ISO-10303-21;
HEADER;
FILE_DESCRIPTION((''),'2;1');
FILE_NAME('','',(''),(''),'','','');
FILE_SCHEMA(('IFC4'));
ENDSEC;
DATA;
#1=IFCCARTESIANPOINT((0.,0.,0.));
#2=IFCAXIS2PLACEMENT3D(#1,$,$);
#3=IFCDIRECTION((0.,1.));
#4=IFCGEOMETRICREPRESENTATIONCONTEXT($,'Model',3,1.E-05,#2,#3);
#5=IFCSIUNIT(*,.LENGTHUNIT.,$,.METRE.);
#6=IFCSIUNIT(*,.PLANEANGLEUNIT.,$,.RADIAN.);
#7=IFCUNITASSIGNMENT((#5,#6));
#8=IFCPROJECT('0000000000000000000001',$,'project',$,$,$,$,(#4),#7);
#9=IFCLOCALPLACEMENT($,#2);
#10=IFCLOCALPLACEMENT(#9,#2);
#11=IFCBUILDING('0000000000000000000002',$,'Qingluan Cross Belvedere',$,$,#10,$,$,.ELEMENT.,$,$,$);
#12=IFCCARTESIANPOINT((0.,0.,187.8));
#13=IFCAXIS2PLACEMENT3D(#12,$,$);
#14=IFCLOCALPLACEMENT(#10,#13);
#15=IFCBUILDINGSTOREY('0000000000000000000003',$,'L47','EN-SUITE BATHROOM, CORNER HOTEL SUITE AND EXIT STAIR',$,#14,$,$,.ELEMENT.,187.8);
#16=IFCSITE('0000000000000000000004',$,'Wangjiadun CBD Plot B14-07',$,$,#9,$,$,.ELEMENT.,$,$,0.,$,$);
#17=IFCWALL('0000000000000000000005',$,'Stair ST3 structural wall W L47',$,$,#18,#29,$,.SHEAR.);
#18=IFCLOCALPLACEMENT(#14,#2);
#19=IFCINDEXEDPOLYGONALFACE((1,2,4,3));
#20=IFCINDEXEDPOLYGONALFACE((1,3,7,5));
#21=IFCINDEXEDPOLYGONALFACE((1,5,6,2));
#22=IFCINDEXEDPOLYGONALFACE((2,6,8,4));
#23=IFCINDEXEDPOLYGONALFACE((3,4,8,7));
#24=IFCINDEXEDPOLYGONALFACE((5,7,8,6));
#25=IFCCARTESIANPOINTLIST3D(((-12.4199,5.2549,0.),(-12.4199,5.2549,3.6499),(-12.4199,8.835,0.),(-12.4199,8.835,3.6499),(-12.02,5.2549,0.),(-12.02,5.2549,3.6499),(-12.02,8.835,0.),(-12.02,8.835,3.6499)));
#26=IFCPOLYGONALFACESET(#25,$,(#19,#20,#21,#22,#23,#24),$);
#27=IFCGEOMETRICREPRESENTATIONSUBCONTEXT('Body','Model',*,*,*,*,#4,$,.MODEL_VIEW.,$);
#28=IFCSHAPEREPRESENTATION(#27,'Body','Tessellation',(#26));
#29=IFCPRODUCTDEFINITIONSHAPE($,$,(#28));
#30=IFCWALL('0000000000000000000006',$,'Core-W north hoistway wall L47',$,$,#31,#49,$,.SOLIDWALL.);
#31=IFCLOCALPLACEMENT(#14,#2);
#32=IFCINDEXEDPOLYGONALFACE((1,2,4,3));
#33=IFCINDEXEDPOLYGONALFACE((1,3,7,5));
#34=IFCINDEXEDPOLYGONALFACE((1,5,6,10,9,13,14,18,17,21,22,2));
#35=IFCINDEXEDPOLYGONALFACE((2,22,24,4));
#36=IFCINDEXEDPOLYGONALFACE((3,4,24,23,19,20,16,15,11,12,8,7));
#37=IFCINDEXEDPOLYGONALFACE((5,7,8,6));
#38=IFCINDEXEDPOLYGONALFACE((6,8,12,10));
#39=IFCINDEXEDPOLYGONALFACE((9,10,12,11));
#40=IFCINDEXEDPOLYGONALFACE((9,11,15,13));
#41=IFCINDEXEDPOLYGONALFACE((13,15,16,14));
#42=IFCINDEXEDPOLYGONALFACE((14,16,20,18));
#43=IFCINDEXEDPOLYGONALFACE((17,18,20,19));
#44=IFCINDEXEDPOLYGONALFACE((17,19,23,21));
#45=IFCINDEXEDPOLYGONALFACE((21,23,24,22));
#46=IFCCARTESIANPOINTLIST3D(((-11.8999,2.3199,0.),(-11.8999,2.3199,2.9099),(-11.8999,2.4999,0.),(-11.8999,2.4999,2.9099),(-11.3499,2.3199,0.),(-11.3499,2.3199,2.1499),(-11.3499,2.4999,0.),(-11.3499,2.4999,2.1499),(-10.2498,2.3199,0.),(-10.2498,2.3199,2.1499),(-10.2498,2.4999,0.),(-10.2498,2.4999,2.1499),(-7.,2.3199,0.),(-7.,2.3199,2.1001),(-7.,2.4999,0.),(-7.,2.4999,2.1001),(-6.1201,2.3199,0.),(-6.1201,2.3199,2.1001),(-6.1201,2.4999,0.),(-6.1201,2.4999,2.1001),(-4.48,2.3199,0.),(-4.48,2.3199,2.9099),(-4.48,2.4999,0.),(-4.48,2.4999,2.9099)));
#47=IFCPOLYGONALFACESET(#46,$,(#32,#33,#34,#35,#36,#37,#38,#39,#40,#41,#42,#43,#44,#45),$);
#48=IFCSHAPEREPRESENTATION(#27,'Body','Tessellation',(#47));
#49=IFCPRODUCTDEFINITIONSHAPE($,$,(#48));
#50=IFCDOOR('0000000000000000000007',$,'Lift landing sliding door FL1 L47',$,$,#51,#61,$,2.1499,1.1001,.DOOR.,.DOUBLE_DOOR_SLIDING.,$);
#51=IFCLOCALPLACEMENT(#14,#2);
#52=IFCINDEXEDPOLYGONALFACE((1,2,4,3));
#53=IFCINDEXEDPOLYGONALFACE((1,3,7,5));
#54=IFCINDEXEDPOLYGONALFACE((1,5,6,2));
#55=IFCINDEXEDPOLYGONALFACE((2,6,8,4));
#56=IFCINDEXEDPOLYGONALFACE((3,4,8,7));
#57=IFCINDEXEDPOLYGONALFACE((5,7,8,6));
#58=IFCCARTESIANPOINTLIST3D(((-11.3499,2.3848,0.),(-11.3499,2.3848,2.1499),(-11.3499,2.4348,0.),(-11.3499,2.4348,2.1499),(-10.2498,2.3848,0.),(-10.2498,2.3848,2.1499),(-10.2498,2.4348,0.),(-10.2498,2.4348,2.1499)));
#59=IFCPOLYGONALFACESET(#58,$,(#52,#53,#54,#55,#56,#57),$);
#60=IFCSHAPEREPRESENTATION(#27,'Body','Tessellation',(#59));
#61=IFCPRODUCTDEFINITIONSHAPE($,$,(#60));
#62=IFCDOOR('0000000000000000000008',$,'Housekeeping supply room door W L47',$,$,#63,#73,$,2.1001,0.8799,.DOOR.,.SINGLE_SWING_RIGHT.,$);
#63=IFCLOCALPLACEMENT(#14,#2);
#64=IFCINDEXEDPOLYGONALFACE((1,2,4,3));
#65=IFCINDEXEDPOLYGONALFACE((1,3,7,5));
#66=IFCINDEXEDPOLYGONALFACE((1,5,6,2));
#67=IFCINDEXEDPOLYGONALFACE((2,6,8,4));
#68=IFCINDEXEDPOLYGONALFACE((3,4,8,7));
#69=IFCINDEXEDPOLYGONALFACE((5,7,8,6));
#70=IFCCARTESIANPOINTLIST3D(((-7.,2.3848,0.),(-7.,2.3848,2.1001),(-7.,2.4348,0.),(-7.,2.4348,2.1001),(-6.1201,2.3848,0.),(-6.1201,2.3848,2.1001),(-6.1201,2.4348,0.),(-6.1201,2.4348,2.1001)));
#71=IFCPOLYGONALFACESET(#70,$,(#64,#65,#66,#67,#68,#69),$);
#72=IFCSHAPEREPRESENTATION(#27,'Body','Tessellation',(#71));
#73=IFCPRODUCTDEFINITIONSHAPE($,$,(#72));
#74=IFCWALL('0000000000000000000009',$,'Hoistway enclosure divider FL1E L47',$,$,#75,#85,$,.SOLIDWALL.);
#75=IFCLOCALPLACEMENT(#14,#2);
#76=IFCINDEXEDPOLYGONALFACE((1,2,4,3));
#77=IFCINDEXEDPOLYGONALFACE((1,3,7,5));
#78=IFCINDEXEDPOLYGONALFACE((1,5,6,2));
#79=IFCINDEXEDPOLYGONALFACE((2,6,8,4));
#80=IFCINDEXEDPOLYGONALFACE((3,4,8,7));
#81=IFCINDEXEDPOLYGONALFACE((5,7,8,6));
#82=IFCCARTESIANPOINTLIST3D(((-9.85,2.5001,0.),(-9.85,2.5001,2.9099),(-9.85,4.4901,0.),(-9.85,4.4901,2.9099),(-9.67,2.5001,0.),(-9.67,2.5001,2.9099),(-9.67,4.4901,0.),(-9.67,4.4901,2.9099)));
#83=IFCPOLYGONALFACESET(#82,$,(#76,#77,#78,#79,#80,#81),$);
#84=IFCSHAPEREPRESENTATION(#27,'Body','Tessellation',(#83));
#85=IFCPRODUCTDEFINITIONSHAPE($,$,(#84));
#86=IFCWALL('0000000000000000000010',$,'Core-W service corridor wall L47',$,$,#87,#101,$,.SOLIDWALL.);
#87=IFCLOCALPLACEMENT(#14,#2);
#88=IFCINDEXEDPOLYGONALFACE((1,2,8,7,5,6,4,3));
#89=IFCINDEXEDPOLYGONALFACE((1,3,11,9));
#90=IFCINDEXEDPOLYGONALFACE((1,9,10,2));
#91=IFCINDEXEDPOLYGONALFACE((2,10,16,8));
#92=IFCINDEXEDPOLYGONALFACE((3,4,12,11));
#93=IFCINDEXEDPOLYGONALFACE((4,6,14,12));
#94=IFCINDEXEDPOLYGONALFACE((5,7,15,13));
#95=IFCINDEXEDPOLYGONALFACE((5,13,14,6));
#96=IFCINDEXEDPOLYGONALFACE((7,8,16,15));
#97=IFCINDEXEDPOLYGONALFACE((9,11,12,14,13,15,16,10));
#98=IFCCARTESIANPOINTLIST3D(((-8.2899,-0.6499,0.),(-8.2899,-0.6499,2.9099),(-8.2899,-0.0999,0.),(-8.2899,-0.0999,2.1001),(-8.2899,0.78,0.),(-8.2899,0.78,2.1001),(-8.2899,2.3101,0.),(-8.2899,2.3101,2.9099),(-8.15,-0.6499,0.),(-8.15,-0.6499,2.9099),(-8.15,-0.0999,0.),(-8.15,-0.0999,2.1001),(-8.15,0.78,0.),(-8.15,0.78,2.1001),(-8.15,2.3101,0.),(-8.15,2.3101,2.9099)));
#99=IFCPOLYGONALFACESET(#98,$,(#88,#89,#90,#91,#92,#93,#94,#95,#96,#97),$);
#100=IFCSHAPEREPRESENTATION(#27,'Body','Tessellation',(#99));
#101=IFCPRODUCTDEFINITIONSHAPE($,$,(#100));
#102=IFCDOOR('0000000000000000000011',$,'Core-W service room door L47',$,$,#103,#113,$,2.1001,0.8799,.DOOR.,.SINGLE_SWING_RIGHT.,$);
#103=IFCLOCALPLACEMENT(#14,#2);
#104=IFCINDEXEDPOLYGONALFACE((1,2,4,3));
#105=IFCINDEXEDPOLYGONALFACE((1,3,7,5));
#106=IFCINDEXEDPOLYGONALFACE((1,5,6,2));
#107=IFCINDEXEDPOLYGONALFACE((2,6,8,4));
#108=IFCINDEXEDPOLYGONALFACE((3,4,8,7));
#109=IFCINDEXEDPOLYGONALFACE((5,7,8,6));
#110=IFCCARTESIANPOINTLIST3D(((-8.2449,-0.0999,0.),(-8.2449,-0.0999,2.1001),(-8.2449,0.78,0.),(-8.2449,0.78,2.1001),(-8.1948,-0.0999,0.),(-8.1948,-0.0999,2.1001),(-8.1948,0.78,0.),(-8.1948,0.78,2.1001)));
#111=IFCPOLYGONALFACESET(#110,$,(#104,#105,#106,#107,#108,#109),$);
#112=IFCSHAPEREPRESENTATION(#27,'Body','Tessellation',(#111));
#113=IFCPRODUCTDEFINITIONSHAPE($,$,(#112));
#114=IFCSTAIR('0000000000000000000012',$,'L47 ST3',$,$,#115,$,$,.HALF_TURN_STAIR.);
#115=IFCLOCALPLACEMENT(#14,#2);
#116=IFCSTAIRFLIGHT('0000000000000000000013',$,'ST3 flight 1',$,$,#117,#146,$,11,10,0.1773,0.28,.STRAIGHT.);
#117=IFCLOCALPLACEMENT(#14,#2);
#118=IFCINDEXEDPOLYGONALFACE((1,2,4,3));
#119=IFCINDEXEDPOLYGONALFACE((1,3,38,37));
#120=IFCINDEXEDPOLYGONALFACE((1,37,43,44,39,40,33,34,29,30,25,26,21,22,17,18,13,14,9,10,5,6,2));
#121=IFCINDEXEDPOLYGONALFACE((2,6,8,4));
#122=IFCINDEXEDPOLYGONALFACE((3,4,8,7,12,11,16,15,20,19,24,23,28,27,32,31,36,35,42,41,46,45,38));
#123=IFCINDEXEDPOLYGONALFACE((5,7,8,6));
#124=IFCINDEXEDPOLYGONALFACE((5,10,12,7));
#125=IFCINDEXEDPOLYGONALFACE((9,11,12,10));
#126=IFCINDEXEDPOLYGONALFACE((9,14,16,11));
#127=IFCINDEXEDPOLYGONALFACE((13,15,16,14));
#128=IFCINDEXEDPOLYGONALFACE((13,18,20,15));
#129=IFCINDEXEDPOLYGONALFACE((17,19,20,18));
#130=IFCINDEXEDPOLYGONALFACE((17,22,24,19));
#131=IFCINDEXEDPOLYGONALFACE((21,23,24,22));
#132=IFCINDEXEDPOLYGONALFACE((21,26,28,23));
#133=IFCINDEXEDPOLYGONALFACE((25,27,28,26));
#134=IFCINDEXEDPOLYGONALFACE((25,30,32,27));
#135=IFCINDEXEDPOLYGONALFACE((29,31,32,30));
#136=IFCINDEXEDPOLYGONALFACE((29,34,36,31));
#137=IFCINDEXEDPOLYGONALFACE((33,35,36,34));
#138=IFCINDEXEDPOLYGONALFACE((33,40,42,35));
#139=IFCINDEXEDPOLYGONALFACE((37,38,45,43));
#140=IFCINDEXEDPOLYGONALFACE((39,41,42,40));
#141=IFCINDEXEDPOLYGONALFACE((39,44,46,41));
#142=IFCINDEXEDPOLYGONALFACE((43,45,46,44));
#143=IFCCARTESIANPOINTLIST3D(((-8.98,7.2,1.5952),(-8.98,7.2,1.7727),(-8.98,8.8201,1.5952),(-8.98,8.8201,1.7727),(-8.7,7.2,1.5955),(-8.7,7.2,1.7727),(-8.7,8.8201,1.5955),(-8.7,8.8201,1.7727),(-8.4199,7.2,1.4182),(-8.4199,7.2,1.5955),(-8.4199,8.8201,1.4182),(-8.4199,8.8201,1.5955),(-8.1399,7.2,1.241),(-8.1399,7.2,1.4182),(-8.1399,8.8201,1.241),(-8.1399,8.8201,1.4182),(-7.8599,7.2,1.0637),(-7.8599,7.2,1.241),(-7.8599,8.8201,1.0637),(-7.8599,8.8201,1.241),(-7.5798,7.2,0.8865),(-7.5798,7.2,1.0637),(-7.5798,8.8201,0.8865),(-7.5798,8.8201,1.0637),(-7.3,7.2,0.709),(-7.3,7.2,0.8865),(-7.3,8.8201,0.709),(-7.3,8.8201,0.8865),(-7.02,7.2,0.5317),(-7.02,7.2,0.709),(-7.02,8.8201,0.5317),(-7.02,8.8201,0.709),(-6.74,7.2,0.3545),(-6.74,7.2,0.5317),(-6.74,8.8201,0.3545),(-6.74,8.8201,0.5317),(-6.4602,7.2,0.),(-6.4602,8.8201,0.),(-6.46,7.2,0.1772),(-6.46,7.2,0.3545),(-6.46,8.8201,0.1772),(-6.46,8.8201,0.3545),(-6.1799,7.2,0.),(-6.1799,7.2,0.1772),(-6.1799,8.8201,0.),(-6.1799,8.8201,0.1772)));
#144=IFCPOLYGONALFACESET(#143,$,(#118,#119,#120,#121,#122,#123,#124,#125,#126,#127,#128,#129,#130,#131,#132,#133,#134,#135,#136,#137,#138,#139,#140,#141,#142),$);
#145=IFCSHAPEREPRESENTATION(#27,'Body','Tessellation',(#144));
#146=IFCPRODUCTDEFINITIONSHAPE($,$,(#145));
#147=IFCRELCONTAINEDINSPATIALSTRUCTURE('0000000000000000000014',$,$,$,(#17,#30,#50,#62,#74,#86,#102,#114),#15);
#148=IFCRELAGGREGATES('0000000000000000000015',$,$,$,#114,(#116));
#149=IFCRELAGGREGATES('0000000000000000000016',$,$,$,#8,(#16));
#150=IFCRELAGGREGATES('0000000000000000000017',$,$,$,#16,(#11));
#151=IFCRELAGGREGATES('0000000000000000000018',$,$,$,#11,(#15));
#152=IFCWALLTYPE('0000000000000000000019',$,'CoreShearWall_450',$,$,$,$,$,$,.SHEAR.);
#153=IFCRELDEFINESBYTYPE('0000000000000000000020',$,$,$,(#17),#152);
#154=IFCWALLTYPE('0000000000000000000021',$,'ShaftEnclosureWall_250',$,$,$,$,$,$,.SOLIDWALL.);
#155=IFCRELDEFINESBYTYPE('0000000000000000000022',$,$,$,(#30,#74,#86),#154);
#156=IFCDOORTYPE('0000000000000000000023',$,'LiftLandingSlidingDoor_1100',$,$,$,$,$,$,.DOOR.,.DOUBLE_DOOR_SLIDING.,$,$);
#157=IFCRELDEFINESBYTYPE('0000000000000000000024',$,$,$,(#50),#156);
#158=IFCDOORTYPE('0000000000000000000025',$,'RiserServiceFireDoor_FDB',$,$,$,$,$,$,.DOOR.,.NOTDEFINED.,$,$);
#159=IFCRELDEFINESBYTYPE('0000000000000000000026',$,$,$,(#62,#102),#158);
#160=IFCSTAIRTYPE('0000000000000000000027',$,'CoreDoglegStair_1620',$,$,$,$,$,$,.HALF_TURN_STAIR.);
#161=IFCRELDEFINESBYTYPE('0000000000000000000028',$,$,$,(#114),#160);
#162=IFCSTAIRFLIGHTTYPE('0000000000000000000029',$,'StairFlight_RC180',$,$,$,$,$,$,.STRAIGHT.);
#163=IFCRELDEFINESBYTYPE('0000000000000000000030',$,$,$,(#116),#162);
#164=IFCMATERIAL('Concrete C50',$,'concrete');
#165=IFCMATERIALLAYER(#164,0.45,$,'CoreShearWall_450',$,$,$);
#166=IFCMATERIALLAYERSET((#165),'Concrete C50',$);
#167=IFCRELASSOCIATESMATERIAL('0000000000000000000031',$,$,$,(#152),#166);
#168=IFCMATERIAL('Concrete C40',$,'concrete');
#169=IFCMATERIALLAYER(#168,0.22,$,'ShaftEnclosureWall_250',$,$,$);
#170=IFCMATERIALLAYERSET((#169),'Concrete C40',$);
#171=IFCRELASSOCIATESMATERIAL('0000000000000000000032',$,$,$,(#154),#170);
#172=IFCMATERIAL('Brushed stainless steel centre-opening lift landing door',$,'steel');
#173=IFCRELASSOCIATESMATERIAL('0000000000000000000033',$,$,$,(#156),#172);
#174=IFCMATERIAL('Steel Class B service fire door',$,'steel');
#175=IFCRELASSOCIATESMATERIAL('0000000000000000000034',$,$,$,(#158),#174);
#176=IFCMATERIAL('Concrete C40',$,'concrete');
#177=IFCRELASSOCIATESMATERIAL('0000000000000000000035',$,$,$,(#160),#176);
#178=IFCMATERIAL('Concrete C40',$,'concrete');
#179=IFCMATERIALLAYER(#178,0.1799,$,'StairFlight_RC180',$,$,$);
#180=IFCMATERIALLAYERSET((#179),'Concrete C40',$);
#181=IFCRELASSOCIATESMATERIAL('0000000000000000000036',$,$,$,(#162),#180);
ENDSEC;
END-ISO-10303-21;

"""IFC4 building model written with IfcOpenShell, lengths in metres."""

from ifc_helpers import new_model, si_unit, direction, frame, frame_2d, origin, place, context, subcontext, project, spatial, polyline, rectangle, outline, extrude, material, layer, layer_set, type_object, element, fill, aggregate, save


model = new_model("IFC4")

# Units and contexts
model_context = context("Model", 3, precision=1e-05, world=origin(), true_north=direction((0.0, 1.0)))
body_context = subcontext(model_context, "Body", "Model", "MODEL_VIEW")
ifc_project = project(units=[si_unit("LENGTHUNIT", "METRE"), si_unit("PLANEANGLEUNIT", "RADIAN")], contexts=[model_context])

# Site, building, storey
site_placement = place(None, origin())
site = spatial("IfcSite", under=ifc_project, at=site_placement, Name="Wangjiadun CBD Plot B14-07", CompositionType="ELEMENT", RefElevation=0.0)
building_placement = place(site_placement, origin())
building = spatial("IfcBuilding", under=site, at=building_placement, Name="Qingluan Cross Belvedere", CompositionType="ELEMENT")
storey_placement = place(building_placement, frame((0.0, 0.0, 187.8)))
storey = spatial("IfcBuildingStorey", under=building, at=storey_placement, Name="L47", Description="EN-SUITE BATHROOM, CORNER HOTEL SUITE AND EXIT STAIR", CompositionType="ELEMENT", Elevation=187.8)

# Wall
ifc_material_1 = material(Name="Concrete C50", Category="concrete")
ifc_layer_1 = layer(ifc_material_1, 0.45, Name="CoreShearWall_450")
ifc_layer_set_1 = layer_set([ifc_layer_1], Name="Concrete C50")
wall_type_1 = type_object("IfcWallType", Name="CoreShearWall_450", PredefinedType="SHEAR", material=ifc_layer_set_1)
wall_1_placement = place(storey_placement, frame((-12.22, 5.2549, 0.0), z_axis=(0.0, 0.0, 1.0), x_axis=(0.0, 1.0, 0.0)))
element("IfcWall", 1, at=wall_1_placement, inside=storey, type_object=wall_type_1, Name="Stair ST3 structural wall W L47", PredefinedType="SHEAR", context=body_context, shape_type="SweptSolid", body=[
    extrude(rectangle(XDim=3.5801, YDim=0.3999, at=frame_2d((1.79, 0.0))), origin(), (0.0, 0.0, 1.0), 3.6499),
])

# Wall, openings, doors
ifc_material_2 = material(Name="Concrete C40", Category="concrete")
ifc_layer_2 = layer(ifc_material_2, 0.22, Name="ShaftEnclosureWall_250")
ifc_layer_set_2 = layer_set([ifc_layer_2], Name="Concrete C40")
wall_type_2 = type_object("IfcWallType", Name="ShaftEnclosureWall_250", PredefinedType="SOLIDWALL", material=ifc_layer_set_2)
wall_2_placement = place(storey_placement, frame((-11.8999, 2.4099, 0.0), z_axis=(0.0, 0.0, 1.0), x_axis=(1.0, 0.0, 0.0)))
wall_2 = element("IfcWall", 2, at=wall_2_placement, inside=storey, type_object=wall_type_2, Name="Core-W north hoistway wall L47", PredefinedType="SOLIDWALL", context=body_context, shape_type="SweptSolid", body=[
    extrude(rectangle(XDim=7.4199, YDim=0.1799, at=frame_2d((3.71, 0.0))), origin(), (0.0, 0.0, 1.0), 2.9099),
])
opening_1_placement = place(wall_2_placement, frame((0.55, 0.0, 0.0)))
opening_1 = element("IfcOpeningElement", 3, at=opening_1_placement, cuts=wall_2, PredefinedType="OPENING", context=body_context, shape_type="SweptSolid", body=[
    extrude(rectangle(XDim=1.1001, YDim=2.1499, at=frame_2d((0.55, 1.075))), frame((0.0, 0.0999, 0.0), z_axis=(0.0, -1.0, 0.0), x_axis=(1.0, 0.0, 0.0)), (0.0, 0.0, 1.0), 0.2),
])
opening_2_placement = place(wall_2_placement, frame((4.8999, 0.0, 0.0)))
opening_2 = element("IfcOpeningElement", 4, at=opening_2_placement, cuts=wall_2, PredefinedType="OPENING", context=body_context, shape_type="SweptSolid", body=[
    extrude(rectangle(XDim=0.8799, YDim=2.1001, at=frame_2d((0.4399, 1.05))), frame((0.0, 0.0999, 0.0), z_axis=(0.0, -1.0, 0.0), x_axis=(1.0, 0.0, 0.0)), (0.0, 0.0, 1.0), 0.2),
])
ifc_material_3 = material(Name="Brushed stainless steel centre-opening lift landing door", Category="steel")
door_type_1 = type_object("IfcDoorType", Name="LiftLandingSlidingDoor_1100", OperationType="DOUBLE_DOOR_SLIDING", PredefinedType="DOOR", material=ifc_material_3)
door_1_placement = place(opening_1_placement, origin())
door_1 = element("IfcDoor", 5, at=door_1_placement, inside=storey, type_object=door_type_1, Name="Lift landing sliding door FL1 L47", OperationType="DOUBLE_DOOR_SLIDING", OverallHeight=2.1499, OverallWidth=1.1001, PredefinedType="DOOR", context=body_context, shape_type="SweptSolid", body=[
    extrude(rectangle(XDim=1.1001, YDim=2.1499, at=frame_2d((0.55, 1.075))), frame((0.0, 0.0249, 0.0), z_axis=(0.0, -1.0, 0.0), x_axis=(1.0, 0.0, 0.0)), (0.0, 0.0, 1.0), 0.05),
])
fill(opening_1, door_1)
ifc_material_4 = material(Name="Steel Class B service fire door", Category="steel")
door_type_2 = type_object("IfcDoorType", Name="RiserServiceFireDoor_FDB", OperationType="NOTDEFINED", PredefinedType="DOOR", material=ifc_material_4)
door_2_placement = place(opening_2_placement, origin())
door_2 = element("IfcDoor", 6, at=door_2_placement, inside=storey, type_object=door_type_2, Name="Housekeeping supply room door W L47", OperationType="SINGLE_SWING_RIGHT", OverallHeight=2.1001, OverallWidth=0.8799, PredefinedType="DOOR", context=body_context, shape_type="SweptSolid", body=[
    extrude(rectangle(XDim=0.8799, YDim=2.1001, at=frame_2d((0.4399, 1.05))), frame((0.0, 0.0249, 0.0), z_axis=(0.0, -1.0, 0.0), x_axis=(1.0, 0.0, 0.0)), (0.0, 0.0, 1.0), 0.05),
])
fill(opening_2, door_2)

# Wall
wall_3_placement = place(storey_placement, frame((-9.76, 2.5, 0.0), z_axis=(0.0, 0.0, 1.0), x_axis=(0.0, 1.0, 0.0)))
element("IfcWall", 7, at=wall_3_placement, inside=storey, type_object=wall_type_2, Name="Hoistway enclosure divider FL1E L47", PredefinedType="SOLIDWALL", context=body_context, shape_type="SweptSolid", body=[
    extrude(rectangle(XDim=1.99, YDim=0.1799, at=frame_2d((0.9951, 0.0))), origin(), (0.0, 0.0, 1.0), 2.9099),
])

# Wall, opening, door
wall_4_placement = place(storey_placement, frame((-8.22, -0.6499, 0.0), z_axis=(0.0, 0.0, 1.0), x_axis=(0.0, 1.0, 0.0)))
wall_4 = element("IfcWall", 8, at=wall_4_placement, inside=storey, type_object=wall_type_2, Name="Core-W service corridor wall L47", PredefinedType="SOLIDWALL", context=body_context, shape_type="SweptSolid", body=[
    extrude(rectangle(XDim=2.96, YDim=0.1399, at=frame_2d((1.48, 0.0))), origin(), (0.0, 0.0, 1.0), 2.9099),
])
opening_3_placement = place(wall_4_placement, frame((0.55, 0.0, 0.0)))
opening_3 = element("IfcOpeningElement", 9, at=opening_3_placement, cuts=wall_4, PredefinedType="OPENING", context=body_context, shape_type="SweptSolid", body=[
    extrude(rectangle(XDim=0.8799, YDim=2.1001, at=frame_2d((0.4399, 1.05))), frame((0.0, 0.0798, 0.0), z_axis=(0.0, -1.0, 0.0), x_axis=(1.0, 0.0, 0.0)), (0.0, 0.0, 1.0), 0.1599),
])
door_3_placement = place(opening_3_placement, origin())
door_3 = element("IfcDoor", 10, at=door_3_placement, inside=storey, type_object=door_type_2, Name="Core-W service room door L47", OperationType="SINGLE_SWING_RIGHT", OverallHeight=2.1001, OverallWidth=0.8799, PredefinedType="DOOR", context=body_context, shape_type="SweptSolid", body=[
    extrude(rectangle(XDim=0.8799, YDim=2.1001, at=frame_2d((0.4399, 1.05))), frame((0.0, 0.0249, 0.0), z_axis=(0.0, -1.0, 0.0), x_axis=(1.0, 0.0, 0.0)), (0.0, 0.0, 1.0), 0.05),
])
fill(opening_3, door_3)

# Stair, stair flight
ifc_material_5 = material(Name="Concrete C40", Category="concrete")
stair_type = type_object("IfcStairType", Name="CoreDoglegStair_1620", PredefinedType="HALF_TURN_STAIR", material=ifc_material_5)
stair_placement = place(storey_placement, origin())
stair = element("IfcStair", 11, at=stair_placement, inside=storey, type_object=stair_type, Name="L47 ST3", PredefinedType="HALF_TURN_STAIR")
ifc_material_6 = material(Name="Concrete C40", Category="concrete")
ifc_layer_3 = layer(ifc_material_6, 0.1799, Name="StairFlight_RC180")
ifc_layer_set_3 = layer_set([ifc_layer_3], Name="Concrete C40")
stair_flight_type = type_object("IfcStairFlightType", Name="StairFlight_RC180", PredefinedType="STRAIGHT", material=ifc_layer_set_3)
stair_flight_1_placement = place(storey_placement, frame((-6.1799, 8.01, 0.0), z_axis=(0.0, 0.0, 1.0), x_axis=(-1.0, 0.0, 0.0)))
stair_flight_1 = element("IfcStairFlight", 12, at=stair_flight_1_placement, type_object=stair_flight_type, Name="ST3 flight 1", NumberOfRisers=11, NumberOfTreads=10, PredefinedType="STRAIGHT", RiserHeight=0.1773, TreadLength=0.28, context=body_context, shape_type="SweptSolid", body=[
    extrude(outline(polyline([(0.0, 0.0), (0.0, 0.1772), (0.28, 0.1772), (0.28, 0.3545), (0.5601, 0.3545), (0.5601, 0.5317), (0.8401, 0.5317), (0.8401, 0.709), (1.1201, 0.709), (1.1201, 0.8865), (1.3999, 0.8865), (1.3999, 1.0637), (1.6799, 1.0637), (1.6799, 1.241), (1.96, 1.241), (1.96, 1.4182), (2.24, 1.4182), (2.24, 1.5955), (2.52, 1.5955), (2.52, 1.7727), (2.8, 1.7727), (2.8, 1.95), (2.8, 1.5952), (0.2803, 0.0), (0.0, 0.0)])), frame((0.0, 0.8101, 0.0), z_axis=(0.0, -1.0, 0.0), x_axis=(1.0, 0.0, 0.0)), (0.0, 0.0, 1.0), 1.6201),
])
aggregate(stair, [stair_flight_1])

save(model, "model.ifc")
